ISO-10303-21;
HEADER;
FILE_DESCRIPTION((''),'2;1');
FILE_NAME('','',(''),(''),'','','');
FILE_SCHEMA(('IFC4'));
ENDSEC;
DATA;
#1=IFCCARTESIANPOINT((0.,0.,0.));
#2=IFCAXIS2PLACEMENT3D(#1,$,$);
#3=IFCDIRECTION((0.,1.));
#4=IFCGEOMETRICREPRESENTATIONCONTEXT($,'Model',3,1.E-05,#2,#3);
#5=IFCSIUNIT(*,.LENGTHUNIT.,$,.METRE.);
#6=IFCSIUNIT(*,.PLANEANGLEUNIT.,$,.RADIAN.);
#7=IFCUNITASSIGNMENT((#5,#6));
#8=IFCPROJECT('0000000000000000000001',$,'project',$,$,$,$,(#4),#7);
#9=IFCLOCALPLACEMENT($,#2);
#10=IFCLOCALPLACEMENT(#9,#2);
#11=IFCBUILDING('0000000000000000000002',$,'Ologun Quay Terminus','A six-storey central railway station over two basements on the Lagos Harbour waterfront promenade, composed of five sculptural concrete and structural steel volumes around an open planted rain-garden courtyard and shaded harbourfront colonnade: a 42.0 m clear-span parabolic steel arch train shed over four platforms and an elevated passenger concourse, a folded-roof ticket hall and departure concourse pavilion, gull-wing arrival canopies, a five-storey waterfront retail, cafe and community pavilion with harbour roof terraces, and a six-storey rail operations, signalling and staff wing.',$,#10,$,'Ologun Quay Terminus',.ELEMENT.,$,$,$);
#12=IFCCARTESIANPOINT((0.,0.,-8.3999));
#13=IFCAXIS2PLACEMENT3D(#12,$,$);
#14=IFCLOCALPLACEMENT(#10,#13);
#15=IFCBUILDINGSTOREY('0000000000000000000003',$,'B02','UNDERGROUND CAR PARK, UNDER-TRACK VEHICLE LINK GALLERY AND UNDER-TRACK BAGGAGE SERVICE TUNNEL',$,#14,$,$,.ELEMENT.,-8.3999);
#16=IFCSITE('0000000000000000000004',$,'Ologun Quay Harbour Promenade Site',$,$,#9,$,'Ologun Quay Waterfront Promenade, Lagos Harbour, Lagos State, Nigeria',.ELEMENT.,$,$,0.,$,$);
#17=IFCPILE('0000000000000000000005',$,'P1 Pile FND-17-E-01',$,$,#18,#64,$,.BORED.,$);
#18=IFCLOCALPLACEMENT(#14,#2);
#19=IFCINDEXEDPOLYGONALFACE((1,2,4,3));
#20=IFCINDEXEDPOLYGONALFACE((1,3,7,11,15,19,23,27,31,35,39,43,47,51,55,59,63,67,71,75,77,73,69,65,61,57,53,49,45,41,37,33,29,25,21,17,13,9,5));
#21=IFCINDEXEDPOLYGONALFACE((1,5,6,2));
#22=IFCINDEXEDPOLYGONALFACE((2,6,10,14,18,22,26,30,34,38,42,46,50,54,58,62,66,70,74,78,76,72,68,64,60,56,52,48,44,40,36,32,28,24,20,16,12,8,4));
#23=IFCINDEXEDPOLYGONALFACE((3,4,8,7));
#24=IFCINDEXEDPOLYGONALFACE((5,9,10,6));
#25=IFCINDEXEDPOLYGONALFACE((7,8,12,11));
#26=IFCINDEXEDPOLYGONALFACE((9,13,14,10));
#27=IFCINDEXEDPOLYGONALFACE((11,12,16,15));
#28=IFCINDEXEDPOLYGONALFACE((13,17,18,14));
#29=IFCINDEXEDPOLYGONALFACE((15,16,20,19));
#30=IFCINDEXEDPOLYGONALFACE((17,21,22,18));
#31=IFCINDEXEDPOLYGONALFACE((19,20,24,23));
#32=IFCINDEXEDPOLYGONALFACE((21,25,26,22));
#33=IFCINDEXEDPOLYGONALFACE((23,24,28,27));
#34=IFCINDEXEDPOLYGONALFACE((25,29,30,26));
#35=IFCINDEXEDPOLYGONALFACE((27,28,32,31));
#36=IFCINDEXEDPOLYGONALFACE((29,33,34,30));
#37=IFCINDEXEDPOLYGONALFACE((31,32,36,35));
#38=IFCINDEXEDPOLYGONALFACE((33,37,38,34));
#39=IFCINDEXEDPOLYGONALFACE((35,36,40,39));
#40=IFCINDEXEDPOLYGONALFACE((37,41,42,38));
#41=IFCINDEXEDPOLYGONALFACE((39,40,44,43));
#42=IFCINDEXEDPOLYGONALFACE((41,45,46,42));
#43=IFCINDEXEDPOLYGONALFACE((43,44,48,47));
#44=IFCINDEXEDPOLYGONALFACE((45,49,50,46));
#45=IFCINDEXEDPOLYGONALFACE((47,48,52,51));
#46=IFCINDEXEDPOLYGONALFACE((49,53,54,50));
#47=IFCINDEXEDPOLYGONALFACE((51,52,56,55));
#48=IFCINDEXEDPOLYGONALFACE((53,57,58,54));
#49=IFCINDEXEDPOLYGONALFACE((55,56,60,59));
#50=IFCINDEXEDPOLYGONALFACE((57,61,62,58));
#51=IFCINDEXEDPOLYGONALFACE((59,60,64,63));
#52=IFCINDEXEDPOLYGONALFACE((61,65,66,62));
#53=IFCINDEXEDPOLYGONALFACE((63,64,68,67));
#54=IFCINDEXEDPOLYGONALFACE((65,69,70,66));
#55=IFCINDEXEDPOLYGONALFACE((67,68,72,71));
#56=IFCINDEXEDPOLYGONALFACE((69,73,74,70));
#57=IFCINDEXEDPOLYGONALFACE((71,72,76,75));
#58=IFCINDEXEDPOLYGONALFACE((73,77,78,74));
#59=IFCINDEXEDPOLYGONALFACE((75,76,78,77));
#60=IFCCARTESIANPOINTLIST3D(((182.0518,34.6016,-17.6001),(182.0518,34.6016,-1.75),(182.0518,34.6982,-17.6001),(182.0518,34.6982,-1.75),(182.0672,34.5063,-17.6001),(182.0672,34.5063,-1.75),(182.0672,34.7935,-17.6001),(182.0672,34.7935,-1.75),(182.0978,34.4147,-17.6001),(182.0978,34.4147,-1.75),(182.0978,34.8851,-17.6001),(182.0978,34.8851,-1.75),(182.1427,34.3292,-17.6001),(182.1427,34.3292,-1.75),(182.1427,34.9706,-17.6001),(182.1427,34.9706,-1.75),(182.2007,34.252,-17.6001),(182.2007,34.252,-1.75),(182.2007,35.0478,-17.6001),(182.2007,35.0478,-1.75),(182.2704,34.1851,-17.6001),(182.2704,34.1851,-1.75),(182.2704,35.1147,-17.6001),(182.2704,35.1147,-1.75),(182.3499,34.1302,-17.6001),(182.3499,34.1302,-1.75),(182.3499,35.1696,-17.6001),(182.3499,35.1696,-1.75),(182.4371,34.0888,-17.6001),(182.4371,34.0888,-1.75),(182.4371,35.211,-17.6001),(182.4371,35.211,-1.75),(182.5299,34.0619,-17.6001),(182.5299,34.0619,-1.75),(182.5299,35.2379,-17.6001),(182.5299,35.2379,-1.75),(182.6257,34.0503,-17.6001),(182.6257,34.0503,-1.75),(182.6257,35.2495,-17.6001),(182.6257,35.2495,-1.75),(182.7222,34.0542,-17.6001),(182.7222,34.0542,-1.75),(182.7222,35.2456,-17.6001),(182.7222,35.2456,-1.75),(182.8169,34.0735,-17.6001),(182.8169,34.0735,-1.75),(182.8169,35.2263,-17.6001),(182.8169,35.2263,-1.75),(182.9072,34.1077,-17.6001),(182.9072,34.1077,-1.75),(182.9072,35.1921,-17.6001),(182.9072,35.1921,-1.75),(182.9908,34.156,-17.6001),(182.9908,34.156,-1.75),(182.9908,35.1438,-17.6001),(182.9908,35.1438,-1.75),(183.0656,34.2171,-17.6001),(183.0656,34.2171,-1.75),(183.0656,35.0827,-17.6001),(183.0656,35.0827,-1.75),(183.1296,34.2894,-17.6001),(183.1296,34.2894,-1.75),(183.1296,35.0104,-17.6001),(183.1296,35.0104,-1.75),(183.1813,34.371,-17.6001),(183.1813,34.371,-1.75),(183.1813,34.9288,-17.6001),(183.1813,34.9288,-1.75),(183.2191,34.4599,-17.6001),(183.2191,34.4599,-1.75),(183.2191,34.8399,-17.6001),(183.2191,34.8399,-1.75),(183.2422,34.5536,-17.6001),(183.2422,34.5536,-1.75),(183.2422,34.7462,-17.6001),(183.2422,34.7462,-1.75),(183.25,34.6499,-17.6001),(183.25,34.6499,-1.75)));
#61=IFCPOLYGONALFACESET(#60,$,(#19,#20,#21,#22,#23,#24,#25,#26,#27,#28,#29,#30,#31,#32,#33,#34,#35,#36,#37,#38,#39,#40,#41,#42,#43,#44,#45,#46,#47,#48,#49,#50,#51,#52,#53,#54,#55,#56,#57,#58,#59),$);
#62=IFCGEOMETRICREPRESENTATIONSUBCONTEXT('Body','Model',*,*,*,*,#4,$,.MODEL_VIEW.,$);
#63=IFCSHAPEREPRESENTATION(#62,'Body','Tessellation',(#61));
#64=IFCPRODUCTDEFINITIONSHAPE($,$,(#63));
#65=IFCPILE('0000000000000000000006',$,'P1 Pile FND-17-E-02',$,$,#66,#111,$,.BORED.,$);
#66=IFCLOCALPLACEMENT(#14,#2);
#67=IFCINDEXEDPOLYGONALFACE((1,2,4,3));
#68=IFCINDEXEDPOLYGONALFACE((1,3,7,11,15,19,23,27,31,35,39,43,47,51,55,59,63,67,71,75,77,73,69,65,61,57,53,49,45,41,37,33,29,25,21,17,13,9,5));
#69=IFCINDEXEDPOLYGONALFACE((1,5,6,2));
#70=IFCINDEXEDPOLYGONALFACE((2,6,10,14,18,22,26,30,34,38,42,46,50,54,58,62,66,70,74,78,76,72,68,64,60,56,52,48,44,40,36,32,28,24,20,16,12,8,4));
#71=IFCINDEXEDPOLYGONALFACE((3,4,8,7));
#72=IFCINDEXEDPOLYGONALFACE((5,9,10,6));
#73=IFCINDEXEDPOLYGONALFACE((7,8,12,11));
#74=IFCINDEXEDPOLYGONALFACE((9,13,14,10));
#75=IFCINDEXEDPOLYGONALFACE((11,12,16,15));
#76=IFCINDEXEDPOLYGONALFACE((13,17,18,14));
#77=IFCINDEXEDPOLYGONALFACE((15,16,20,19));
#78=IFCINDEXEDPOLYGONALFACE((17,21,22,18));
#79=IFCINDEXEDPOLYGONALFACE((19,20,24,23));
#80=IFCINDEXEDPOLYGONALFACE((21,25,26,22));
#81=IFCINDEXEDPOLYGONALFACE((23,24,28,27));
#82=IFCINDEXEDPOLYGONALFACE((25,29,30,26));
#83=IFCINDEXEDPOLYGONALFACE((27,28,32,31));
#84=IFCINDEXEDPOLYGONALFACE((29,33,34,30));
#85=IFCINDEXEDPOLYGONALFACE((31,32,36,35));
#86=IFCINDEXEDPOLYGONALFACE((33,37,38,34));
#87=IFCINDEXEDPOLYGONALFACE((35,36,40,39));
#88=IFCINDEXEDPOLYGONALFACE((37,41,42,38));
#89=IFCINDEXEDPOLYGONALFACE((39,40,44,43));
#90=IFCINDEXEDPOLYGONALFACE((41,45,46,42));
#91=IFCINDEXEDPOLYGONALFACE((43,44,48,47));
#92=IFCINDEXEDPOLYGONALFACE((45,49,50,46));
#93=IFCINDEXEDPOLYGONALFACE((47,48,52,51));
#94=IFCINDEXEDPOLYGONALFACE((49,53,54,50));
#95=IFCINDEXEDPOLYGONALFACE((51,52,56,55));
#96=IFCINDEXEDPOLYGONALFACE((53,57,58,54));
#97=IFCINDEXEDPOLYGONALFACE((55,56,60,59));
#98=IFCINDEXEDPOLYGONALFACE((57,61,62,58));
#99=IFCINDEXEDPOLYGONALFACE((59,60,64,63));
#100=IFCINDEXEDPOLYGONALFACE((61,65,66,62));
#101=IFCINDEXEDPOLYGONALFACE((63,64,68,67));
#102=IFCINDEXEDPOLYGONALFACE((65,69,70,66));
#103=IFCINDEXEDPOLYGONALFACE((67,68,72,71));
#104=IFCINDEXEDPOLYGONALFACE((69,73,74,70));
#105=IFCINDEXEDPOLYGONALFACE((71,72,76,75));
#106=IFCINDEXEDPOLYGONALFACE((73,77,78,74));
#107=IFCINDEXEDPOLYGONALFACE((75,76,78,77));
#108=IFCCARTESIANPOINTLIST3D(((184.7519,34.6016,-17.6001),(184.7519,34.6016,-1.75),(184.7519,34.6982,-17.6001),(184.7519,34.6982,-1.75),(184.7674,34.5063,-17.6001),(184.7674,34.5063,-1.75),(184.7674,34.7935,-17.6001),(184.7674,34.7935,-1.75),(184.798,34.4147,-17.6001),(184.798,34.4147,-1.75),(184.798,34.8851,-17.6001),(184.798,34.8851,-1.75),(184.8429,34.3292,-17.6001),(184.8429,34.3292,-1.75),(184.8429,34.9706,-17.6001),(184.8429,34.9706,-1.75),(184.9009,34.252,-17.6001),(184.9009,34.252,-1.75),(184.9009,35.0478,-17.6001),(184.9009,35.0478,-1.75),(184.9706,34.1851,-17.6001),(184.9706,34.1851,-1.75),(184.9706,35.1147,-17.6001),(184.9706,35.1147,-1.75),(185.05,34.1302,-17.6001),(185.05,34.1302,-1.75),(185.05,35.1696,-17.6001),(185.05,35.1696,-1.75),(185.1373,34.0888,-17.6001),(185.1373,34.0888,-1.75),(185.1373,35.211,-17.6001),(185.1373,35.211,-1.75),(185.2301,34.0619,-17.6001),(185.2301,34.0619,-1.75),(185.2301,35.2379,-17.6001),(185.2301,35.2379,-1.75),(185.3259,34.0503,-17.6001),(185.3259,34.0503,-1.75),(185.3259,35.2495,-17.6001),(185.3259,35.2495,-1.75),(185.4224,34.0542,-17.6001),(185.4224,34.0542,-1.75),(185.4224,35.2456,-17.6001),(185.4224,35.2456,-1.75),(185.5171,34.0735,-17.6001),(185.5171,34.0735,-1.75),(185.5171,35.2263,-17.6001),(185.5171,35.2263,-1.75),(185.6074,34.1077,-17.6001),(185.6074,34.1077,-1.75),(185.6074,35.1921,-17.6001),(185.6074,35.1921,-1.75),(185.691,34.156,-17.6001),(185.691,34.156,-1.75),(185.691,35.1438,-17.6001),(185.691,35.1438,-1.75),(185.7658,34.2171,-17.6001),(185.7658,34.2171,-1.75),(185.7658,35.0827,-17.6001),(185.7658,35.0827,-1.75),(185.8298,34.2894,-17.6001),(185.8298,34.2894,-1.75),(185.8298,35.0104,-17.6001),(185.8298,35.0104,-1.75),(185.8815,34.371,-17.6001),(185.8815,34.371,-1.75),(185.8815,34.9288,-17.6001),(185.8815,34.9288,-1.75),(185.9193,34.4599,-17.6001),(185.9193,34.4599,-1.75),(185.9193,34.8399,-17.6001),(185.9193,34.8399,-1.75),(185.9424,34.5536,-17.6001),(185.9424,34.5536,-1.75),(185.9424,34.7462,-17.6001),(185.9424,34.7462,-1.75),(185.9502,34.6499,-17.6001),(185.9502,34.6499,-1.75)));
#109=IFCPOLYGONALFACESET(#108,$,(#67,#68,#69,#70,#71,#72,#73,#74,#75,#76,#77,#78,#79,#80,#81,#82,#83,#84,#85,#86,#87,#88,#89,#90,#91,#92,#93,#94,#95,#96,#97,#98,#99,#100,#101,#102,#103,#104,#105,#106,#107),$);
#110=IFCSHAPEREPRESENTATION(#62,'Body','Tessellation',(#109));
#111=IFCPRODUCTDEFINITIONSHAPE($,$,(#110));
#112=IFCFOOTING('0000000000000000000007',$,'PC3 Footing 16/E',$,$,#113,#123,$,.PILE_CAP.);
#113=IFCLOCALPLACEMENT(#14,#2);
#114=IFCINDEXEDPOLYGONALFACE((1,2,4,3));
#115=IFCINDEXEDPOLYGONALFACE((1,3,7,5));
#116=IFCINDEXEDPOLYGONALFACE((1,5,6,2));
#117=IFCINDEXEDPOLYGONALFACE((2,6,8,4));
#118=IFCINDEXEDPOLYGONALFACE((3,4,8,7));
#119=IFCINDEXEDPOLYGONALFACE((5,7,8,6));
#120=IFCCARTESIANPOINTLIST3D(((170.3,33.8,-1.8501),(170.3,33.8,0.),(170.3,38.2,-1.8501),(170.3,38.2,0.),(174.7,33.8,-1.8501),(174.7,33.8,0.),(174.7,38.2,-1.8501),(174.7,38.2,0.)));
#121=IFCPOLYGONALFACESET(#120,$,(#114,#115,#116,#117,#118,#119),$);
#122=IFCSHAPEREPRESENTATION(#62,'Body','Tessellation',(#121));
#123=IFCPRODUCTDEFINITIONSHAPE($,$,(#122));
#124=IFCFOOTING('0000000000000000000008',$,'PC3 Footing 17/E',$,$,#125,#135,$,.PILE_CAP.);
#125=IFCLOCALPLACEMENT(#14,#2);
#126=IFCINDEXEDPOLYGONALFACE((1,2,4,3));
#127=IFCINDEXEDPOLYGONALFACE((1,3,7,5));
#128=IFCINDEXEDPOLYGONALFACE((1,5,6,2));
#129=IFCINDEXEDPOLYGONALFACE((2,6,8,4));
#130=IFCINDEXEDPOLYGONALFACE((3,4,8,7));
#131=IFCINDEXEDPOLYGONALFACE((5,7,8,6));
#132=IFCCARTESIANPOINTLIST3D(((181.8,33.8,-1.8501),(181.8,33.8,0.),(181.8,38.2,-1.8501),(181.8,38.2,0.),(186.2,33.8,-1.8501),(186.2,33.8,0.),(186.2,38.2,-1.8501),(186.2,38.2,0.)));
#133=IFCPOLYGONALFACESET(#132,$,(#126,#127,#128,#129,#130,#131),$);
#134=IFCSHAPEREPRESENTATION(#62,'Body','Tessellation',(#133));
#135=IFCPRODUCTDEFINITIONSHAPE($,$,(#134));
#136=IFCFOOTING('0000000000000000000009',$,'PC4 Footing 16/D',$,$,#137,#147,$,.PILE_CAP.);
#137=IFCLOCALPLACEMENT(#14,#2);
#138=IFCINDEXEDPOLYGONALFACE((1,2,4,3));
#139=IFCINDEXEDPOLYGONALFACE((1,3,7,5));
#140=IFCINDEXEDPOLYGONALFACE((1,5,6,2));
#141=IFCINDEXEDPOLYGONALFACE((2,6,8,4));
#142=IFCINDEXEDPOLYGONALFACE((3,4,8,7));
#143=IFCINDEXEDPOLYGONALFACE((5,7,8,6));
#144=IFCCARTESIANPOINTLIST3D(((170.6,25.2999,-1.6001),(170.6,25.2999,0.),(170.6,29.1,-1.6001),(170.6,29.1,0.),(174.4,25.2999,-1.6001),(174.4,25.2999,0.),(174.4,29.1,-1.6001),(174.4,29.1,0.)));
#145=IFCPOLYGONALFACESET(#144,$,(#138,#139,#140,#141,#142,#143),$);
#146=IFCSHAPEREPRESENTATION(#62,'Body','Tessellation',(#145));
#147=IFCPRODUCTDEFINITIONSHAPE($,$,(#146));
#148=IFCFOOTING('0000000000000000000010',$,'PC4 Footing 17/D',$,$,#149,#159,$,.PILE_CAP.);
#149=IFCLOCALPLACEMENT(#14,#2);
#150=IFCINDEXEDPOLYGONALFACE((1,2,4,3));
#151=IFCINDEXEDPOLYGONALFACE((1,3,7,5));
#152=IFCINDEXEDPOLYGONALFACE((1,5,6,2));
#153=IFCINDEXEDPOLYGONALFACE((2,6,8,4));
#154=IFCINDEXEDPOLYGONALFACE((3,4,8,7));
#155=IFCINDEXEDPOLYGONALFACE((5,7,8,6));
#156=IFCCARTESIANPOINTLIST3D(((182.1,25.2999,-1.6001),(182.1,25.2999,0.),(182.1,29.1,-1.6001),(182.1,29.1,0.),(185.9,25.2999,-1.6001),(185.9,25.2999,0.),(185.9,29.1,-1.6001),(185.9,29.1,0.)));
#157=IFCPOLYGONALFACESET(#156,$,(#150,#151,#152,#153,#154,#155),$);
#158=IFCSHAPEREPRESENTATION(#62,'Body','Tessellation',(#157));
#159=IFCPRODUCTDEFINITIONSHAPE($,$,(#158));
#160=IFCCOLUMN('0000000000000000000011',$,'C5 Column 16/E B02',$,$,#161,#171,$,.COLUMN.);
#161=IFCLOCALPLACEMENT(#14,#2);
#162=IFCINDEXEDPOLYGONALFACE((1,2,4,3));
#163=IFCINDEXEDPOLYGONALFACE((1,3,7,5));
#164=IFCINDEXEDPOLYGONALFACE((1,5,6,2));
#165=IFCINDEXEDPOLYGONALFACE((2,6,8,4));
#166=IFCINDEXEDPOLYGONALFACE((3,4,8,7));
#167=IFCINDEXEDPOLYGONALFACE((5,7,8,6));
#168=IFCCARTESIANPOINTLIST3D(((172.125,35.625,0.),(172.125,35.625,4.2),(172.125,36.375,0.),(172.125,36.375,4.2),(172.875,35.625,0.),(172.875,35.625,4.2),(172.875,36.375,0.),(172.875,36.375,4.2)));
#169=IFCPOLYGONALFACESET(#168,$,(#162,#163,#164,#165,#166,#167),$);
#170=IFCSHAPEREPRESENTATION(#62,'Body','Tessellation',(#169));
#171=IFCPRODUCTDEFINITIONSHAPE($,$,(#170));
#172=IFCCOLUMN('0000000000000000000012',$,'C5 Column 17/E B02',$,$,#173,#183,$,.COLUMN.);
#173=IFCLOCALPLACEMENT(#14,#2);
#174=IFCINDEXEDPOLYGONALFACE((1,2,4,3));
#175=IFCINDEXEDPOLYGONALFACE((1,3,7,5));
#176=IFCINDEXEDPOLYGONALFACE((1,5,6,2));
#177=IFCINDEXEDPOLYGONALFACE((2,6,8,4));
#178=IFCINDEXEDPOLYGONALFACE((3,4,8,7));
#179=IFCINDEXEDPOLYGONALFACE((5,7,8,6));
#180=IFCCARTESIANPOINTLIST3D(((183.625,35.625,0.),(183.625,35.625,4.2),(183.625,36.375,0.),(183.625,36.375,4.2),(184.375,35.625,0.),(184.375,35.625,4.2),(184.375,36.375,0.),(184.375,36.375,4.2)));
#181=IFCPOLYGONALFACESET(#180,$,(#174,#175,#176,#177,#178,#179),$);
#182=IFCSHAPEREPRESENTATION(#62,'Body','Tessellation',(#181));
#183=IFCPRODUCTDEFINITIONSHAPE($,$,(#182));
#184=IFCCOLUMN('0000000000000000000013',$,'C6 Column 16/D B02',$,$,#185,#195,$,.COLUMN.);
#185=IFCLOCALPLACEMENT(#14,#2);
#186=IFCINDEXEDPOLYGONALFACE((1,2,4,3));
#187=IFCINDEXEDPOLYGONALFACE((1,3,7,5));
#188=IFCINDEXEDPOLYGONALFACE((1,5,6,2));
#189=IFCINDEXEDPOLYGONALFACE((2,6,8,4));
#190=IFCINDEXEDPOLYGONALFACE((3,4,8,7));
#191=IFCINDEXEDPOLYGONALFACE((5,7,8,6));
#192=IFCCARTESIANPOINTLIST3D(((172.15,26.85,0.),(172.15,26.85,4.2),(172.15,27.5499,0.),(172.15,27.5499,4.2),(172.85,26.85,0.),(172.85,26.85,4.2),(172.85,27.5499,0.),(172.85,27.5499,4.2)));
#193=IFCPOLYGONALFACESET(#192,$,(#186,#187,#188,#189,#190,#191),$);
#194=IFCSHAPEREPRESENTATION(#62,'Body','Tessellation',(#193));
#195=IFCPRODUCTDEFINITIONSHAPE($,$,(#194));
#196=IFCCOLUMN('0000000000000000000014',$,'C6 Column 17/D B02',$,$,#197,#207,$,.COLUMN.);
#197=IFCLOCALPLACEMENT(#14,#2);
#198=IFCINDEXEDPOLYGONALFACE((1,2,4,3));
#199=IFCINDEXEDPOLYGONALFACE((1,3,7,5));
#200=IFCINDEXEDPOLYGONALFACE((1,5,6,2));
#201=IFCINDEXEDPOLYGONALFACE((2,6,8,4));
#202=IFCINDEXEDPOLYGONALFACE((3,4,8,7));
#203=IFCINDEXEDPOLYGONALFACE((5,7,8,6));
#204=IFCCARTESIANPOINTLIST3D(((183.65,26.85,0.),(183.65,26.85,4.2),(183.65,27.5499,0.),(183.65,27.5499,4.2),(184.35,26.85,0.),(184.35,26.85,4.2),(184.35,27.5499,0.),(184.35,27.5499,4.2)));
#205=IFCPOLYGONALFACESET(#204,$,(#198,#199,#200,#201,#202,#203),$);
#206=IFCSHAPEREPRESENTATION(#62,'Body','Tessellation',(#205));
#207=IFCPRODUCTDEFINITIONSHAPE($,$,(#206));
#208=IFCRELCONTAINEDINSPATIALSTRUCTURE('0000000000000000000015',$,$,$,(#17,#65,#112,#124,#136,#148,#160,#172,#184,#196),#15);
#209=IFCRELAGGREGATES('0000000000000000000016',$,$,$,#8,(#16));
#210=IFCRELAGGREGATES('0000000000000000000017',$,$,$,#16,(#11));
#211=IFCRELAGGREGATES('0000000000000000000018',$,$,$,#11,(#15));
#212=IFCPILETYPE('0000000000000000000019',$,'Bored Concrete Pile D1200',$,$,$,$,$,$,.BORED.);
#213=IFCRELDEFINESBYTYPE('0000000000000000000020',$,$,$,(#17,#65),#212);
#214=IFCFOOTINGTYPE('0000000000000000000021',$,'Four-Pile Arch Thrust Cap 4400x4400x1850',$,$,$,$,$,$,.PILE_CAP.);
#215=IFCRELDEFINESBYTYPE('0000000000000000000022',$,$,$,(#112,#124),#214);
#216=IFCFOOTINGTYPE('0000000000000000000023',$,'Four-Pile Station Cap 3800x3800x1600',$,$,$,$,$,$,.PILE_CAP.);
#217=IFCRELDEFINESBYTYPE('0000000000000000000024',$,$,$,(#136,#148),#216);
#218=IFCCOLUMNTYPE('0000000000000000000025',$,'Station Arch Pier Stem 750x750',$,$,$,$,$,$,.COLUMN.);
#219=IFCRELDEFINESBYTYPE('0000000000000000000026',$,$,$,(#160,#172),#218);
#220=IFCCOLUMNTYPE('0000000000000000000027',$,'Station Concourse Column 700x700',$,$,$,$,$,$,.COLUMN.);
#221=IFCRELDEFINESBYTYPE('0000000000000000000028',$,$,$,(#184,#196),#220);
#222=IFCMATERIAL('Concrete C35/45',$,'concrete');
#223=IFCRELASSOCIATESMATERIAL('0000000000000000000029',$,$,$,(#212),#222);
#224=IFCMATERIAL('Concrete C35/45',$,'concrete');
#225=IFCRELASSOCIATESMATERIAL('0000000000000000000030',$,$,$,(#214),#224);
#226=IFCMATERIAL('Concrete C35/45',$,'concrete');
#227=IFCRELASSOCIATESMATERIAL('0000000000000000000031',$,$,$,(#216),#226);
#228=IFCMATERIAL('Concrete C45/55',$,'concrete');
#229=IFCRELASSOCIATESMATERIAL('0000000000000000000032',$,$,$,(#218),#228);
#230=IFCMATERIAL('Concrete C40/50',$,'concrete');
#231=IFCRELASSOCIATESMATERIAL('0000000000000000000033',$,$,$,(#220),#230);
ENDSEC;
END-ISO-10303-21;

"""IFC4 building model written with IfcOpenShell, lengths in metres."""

from ifc_helpers import new_model, si_unit, direction, frame, origin, origin_2d, place, context, subcontext, project, spatial, rectangle, circle, extrude, material, material_profile, profile_set, type_object, element, save


model = new_model("IFC4")

# Units and contexts
model_context = context("Model", 3, precision=1e-05, world=origin(), true_north=direction((0.0, 1.0)))
body_context = subcontext(model_context, "Body", "Model", "MODEL_VIEW")
ifc_project = project(units=[si_unit("LENGTHUNIT", "METRE"), si_unit("PLANEANGLEUNIT", "RADIAN")], contexts=[model_context])

# Site, building, storey
site_placement = place(None, origin())
site = spatial("IfcSite", under=ifc_project, at=site_placement, Name="Ologun Quay Harbour Promenade Site", LongName="Ologun Quay Waterfront Promenade, Lagos Harbour, Lagos State, Nigeria", CompositionType="ELEMENT", RefElevation=0.0)
building_placement = place(site_placement, origin())
building = spatial("IfcBuilding", under=site, at=building_placement, Name="Ologun Quay Terminus", Description="A six-storey central railway station over two basements on the Lagos Harbour waterfront promenade, composed of five sculptural concrete and structural steel volumes around an open planted rain-garden courtyard and shaded harbourfront colonnade: a 42.0 m clear-span parabolic steel arch train shed over four platforms and an elevated passenger concourse, a folded-roof ticket hall and departure concourse pavilion, gull-wing arrival canopies, a five-storey waterfront retail, cafe and community pavilion with harbour roof terraces, and a six-storey rail operations, signalling and staff wing.", LongName="Ologun Quay Terminus", CompositionType="ELEMENT")
storey_placement = place(building_placement, frame((0.0, 0.0, -8.3999)))
storey = spatial("IfcBuildingStorey", under=building, at=storey_placement, Name="B02", Description="UNDERGROUND CAR PARK, UNDER-TRACK VEHICLE LINK GALLERY AND UNDER-TRACK BAGGAGE SERVICE TUNNEL", CompositionType="ELEMENT", Elevation=-8.3999)

# Piles
ifc_material_1 = material(Name="Concrete C35/45", Category="concrete")
ifc_material_profile_1 = material_profile(ifc_material_1, circle(Radius=0.6001, at=origin_2d()), Name="PILE D1200")
ifc_profile_set_1 = profile_set([ifc_material_profile_1], Name="Concrete C35/45")
pile_type_1 = type_object("IfcPileType", Name="Bored Concrete Pile D1200", PredefinedType="BORED", material=ifc_profile_set_1)
for number, where, z_axis, x_axis, name in (
    (1, (182.6499, 34.6499, -1.75), (0.0, 0.0, -1.0), (1.0, 0.0, 0.0), "P1 Pile FND-17-E-01"),
    (2, (185.3501, 34.6499, -1.75), (0.0, 0.0, -1.0), (1.0, 0.0, 0.0), "P1 Pile FND-17-E-02"),
):
    element("IfcPile", number, at=place(storey_placement, frame(where, z_axis=z_axis, x_axis=x_axis)), inside=storey, type_object=pile_type_1, Name=name, PredefinedType="BORED", context=body_context, shape_type="SweptSolid", body=[
        extrude(circle(Radius=0.6001, at=origin_2d()), origin(), (0.0, 0.0, 1.0), 15.8501),
    ])

# Footings
ifc_material_2 = material(Name="Concrete C35/45", Category="concrete")
footing_type_1 = type_object("IfcFootingType", Name="Four-Pile Arch Thrust Cap 4400x4400x1850", PredefinedType="PILE_CAP", material=ifc_material_2)
for number, where, z_axis, x_axis, name in (
    (3, (172.5, 36.0, -1.8501), (0.0, 0.0, 1.0), (1.0, 0.0, 0.0), "PC3 Footing 16/E"),
    (4, (184.0, 36.0, -1.8501), (0.0, 0.0, 1.0), (1.0, 0.0, 0.0), "PC3 Footing 17/E"),
):
    element("IfcFooting", number, at=place(storey_placement, frame(where, z_axis=z_axis, x_axis=x_axis)), inside=storey, type_object=footing_type_1, Name=name, PredefinedType="PILE_CAP", context=body_context, shape_type="SweptSolid", body=[
        extrude(rectangle(XDim=4.3999, YDim=4.3999, at=origin_2d()), origin(), (0.0, 0.0, 1.0), 1.8501),
    ])
ifc_material_3 = material(Name="Concrete C35/45", Category="concrete")
footing_type_2 = type_object("IfcFootingType", Name="Four-Pile Station Cap 3800x3800x1600", PredefinedType="PILE_CAP", material=ifc_material_3)
for number, where, z_axis, x_axis, name in (
    (5, (172.5, 27.2, -1.6001), (0.0, 0.0, 1.0), (1.0, 0.0, 0.0), "PC4 Footing 16/D"),
    (6, (184.0, 27.2, -1.6001), (0.0, 0.0, 1.0), (1.0, 0.0, 0.0), "PC4 Footing 17/D"),
):
    element("IfcFooting", number, at=place(storey_placement, frame(where, z_axis=z_axis, x_axis=x_axis)), inside=storey, type_object=footing_type_2, Name=name, PredefinedType="PILE_CAP", context=body_context, shape_type="SweptSolid", body=[
        extrude(rectangle(XDim=3.8, YDim=3.8, at=origin_2d()), origin(), (0.0, 0.0, 1.0), 1.6001),
    ])

# Columns
ifc_material_4 = material(Name="Concrete C45/55", Category="concrete")
ifc_material_profile_2 = material_profile(ifc_material_4, rectangle(XDim=0.75, YDim=0.75, at=origin_2d()), Name="RC 750x750")
ifc_profile_set_2 = profile_set([ifc_material_profile_2], Name="Concrete C45/55")
column_type_1 = type_object("IfcColumnType", Name="Station Arch Pier Stem 750x750", PredefinedType="COLUMN", material=ifc_profile_set_2)
for number, where, z_axis, x_axis, name in (
    (7, (172.5, 36.0, 0.0), (0.0, 0.0, 1.0), (1.0, 0.0, 0.0), "C5 Column 16/E B02"),
    (8, (184.0, 36.0, 0.0), (0.0, 0.0, 1.0), (1.0, 0.0, 0.0), "C5 Column 17/E B02"),
):
    element("IfcColumn", number, at=place(storey_placement, frame(where, z_axis=z_axis, x_axis=x_axis)), inside=storey, type_object=column_type_1, Name=name, PredefinedType="COLUMN", context=body_context, shape_type="SweptSolid", body=[
        extrude(rectangle(XDim=0.75, YDim=0.75, at=origin_2d()), origin(), (0.0, 0.0, 1.0), 4.2),
    ])
ifc_material_5 = material(Name="Concrete C40/50", Category="concrete")
ifc_material_profile_3 = material_profile(ifc_material_5, rectangle(XDim=0.7, YDim=0.7, at=origin_2d()), Name="RC 700x700")
ifc_profile_set_3 = profile_set([ifc_material_profile_3], Name="Concrete C40/50")
column_type_2 = type_object("IfcColumnType", Name="Station Concourse Column 700x700", PredefinedType="COLUMN", material=ifc_profile_set_3)
for number, where, z_axis, x_axis, name in (
    (9, (172.5, 27.2, 0.0), (0.0, 0.0, 1.0), (1.0, 0.0, 0.0), "C6 Column 16/D B02"),
    (10, (184.0, 27.2, 0.0), (0.0, 0.0, 1.0), (1.0, 0.0, 0.0), "C6 Column 17/D B02"),
):
    element("IfcColumn", number, at=place(storey_placement, frame(where, z_axis=z_axis, x_axis=x_axis)), inside=storey, type_object=column_type_2, Name=name, PredefinedType="COLUMN", context=body_context, shape_type="SweptSolid", body=[
        extrude(rectangle(XDim=0.7, YDim=0.7, at=origin_2d()), origin(), (0.0, 0.0, 1.0), 4.2),
    ])

save(model, "model.ifc")
